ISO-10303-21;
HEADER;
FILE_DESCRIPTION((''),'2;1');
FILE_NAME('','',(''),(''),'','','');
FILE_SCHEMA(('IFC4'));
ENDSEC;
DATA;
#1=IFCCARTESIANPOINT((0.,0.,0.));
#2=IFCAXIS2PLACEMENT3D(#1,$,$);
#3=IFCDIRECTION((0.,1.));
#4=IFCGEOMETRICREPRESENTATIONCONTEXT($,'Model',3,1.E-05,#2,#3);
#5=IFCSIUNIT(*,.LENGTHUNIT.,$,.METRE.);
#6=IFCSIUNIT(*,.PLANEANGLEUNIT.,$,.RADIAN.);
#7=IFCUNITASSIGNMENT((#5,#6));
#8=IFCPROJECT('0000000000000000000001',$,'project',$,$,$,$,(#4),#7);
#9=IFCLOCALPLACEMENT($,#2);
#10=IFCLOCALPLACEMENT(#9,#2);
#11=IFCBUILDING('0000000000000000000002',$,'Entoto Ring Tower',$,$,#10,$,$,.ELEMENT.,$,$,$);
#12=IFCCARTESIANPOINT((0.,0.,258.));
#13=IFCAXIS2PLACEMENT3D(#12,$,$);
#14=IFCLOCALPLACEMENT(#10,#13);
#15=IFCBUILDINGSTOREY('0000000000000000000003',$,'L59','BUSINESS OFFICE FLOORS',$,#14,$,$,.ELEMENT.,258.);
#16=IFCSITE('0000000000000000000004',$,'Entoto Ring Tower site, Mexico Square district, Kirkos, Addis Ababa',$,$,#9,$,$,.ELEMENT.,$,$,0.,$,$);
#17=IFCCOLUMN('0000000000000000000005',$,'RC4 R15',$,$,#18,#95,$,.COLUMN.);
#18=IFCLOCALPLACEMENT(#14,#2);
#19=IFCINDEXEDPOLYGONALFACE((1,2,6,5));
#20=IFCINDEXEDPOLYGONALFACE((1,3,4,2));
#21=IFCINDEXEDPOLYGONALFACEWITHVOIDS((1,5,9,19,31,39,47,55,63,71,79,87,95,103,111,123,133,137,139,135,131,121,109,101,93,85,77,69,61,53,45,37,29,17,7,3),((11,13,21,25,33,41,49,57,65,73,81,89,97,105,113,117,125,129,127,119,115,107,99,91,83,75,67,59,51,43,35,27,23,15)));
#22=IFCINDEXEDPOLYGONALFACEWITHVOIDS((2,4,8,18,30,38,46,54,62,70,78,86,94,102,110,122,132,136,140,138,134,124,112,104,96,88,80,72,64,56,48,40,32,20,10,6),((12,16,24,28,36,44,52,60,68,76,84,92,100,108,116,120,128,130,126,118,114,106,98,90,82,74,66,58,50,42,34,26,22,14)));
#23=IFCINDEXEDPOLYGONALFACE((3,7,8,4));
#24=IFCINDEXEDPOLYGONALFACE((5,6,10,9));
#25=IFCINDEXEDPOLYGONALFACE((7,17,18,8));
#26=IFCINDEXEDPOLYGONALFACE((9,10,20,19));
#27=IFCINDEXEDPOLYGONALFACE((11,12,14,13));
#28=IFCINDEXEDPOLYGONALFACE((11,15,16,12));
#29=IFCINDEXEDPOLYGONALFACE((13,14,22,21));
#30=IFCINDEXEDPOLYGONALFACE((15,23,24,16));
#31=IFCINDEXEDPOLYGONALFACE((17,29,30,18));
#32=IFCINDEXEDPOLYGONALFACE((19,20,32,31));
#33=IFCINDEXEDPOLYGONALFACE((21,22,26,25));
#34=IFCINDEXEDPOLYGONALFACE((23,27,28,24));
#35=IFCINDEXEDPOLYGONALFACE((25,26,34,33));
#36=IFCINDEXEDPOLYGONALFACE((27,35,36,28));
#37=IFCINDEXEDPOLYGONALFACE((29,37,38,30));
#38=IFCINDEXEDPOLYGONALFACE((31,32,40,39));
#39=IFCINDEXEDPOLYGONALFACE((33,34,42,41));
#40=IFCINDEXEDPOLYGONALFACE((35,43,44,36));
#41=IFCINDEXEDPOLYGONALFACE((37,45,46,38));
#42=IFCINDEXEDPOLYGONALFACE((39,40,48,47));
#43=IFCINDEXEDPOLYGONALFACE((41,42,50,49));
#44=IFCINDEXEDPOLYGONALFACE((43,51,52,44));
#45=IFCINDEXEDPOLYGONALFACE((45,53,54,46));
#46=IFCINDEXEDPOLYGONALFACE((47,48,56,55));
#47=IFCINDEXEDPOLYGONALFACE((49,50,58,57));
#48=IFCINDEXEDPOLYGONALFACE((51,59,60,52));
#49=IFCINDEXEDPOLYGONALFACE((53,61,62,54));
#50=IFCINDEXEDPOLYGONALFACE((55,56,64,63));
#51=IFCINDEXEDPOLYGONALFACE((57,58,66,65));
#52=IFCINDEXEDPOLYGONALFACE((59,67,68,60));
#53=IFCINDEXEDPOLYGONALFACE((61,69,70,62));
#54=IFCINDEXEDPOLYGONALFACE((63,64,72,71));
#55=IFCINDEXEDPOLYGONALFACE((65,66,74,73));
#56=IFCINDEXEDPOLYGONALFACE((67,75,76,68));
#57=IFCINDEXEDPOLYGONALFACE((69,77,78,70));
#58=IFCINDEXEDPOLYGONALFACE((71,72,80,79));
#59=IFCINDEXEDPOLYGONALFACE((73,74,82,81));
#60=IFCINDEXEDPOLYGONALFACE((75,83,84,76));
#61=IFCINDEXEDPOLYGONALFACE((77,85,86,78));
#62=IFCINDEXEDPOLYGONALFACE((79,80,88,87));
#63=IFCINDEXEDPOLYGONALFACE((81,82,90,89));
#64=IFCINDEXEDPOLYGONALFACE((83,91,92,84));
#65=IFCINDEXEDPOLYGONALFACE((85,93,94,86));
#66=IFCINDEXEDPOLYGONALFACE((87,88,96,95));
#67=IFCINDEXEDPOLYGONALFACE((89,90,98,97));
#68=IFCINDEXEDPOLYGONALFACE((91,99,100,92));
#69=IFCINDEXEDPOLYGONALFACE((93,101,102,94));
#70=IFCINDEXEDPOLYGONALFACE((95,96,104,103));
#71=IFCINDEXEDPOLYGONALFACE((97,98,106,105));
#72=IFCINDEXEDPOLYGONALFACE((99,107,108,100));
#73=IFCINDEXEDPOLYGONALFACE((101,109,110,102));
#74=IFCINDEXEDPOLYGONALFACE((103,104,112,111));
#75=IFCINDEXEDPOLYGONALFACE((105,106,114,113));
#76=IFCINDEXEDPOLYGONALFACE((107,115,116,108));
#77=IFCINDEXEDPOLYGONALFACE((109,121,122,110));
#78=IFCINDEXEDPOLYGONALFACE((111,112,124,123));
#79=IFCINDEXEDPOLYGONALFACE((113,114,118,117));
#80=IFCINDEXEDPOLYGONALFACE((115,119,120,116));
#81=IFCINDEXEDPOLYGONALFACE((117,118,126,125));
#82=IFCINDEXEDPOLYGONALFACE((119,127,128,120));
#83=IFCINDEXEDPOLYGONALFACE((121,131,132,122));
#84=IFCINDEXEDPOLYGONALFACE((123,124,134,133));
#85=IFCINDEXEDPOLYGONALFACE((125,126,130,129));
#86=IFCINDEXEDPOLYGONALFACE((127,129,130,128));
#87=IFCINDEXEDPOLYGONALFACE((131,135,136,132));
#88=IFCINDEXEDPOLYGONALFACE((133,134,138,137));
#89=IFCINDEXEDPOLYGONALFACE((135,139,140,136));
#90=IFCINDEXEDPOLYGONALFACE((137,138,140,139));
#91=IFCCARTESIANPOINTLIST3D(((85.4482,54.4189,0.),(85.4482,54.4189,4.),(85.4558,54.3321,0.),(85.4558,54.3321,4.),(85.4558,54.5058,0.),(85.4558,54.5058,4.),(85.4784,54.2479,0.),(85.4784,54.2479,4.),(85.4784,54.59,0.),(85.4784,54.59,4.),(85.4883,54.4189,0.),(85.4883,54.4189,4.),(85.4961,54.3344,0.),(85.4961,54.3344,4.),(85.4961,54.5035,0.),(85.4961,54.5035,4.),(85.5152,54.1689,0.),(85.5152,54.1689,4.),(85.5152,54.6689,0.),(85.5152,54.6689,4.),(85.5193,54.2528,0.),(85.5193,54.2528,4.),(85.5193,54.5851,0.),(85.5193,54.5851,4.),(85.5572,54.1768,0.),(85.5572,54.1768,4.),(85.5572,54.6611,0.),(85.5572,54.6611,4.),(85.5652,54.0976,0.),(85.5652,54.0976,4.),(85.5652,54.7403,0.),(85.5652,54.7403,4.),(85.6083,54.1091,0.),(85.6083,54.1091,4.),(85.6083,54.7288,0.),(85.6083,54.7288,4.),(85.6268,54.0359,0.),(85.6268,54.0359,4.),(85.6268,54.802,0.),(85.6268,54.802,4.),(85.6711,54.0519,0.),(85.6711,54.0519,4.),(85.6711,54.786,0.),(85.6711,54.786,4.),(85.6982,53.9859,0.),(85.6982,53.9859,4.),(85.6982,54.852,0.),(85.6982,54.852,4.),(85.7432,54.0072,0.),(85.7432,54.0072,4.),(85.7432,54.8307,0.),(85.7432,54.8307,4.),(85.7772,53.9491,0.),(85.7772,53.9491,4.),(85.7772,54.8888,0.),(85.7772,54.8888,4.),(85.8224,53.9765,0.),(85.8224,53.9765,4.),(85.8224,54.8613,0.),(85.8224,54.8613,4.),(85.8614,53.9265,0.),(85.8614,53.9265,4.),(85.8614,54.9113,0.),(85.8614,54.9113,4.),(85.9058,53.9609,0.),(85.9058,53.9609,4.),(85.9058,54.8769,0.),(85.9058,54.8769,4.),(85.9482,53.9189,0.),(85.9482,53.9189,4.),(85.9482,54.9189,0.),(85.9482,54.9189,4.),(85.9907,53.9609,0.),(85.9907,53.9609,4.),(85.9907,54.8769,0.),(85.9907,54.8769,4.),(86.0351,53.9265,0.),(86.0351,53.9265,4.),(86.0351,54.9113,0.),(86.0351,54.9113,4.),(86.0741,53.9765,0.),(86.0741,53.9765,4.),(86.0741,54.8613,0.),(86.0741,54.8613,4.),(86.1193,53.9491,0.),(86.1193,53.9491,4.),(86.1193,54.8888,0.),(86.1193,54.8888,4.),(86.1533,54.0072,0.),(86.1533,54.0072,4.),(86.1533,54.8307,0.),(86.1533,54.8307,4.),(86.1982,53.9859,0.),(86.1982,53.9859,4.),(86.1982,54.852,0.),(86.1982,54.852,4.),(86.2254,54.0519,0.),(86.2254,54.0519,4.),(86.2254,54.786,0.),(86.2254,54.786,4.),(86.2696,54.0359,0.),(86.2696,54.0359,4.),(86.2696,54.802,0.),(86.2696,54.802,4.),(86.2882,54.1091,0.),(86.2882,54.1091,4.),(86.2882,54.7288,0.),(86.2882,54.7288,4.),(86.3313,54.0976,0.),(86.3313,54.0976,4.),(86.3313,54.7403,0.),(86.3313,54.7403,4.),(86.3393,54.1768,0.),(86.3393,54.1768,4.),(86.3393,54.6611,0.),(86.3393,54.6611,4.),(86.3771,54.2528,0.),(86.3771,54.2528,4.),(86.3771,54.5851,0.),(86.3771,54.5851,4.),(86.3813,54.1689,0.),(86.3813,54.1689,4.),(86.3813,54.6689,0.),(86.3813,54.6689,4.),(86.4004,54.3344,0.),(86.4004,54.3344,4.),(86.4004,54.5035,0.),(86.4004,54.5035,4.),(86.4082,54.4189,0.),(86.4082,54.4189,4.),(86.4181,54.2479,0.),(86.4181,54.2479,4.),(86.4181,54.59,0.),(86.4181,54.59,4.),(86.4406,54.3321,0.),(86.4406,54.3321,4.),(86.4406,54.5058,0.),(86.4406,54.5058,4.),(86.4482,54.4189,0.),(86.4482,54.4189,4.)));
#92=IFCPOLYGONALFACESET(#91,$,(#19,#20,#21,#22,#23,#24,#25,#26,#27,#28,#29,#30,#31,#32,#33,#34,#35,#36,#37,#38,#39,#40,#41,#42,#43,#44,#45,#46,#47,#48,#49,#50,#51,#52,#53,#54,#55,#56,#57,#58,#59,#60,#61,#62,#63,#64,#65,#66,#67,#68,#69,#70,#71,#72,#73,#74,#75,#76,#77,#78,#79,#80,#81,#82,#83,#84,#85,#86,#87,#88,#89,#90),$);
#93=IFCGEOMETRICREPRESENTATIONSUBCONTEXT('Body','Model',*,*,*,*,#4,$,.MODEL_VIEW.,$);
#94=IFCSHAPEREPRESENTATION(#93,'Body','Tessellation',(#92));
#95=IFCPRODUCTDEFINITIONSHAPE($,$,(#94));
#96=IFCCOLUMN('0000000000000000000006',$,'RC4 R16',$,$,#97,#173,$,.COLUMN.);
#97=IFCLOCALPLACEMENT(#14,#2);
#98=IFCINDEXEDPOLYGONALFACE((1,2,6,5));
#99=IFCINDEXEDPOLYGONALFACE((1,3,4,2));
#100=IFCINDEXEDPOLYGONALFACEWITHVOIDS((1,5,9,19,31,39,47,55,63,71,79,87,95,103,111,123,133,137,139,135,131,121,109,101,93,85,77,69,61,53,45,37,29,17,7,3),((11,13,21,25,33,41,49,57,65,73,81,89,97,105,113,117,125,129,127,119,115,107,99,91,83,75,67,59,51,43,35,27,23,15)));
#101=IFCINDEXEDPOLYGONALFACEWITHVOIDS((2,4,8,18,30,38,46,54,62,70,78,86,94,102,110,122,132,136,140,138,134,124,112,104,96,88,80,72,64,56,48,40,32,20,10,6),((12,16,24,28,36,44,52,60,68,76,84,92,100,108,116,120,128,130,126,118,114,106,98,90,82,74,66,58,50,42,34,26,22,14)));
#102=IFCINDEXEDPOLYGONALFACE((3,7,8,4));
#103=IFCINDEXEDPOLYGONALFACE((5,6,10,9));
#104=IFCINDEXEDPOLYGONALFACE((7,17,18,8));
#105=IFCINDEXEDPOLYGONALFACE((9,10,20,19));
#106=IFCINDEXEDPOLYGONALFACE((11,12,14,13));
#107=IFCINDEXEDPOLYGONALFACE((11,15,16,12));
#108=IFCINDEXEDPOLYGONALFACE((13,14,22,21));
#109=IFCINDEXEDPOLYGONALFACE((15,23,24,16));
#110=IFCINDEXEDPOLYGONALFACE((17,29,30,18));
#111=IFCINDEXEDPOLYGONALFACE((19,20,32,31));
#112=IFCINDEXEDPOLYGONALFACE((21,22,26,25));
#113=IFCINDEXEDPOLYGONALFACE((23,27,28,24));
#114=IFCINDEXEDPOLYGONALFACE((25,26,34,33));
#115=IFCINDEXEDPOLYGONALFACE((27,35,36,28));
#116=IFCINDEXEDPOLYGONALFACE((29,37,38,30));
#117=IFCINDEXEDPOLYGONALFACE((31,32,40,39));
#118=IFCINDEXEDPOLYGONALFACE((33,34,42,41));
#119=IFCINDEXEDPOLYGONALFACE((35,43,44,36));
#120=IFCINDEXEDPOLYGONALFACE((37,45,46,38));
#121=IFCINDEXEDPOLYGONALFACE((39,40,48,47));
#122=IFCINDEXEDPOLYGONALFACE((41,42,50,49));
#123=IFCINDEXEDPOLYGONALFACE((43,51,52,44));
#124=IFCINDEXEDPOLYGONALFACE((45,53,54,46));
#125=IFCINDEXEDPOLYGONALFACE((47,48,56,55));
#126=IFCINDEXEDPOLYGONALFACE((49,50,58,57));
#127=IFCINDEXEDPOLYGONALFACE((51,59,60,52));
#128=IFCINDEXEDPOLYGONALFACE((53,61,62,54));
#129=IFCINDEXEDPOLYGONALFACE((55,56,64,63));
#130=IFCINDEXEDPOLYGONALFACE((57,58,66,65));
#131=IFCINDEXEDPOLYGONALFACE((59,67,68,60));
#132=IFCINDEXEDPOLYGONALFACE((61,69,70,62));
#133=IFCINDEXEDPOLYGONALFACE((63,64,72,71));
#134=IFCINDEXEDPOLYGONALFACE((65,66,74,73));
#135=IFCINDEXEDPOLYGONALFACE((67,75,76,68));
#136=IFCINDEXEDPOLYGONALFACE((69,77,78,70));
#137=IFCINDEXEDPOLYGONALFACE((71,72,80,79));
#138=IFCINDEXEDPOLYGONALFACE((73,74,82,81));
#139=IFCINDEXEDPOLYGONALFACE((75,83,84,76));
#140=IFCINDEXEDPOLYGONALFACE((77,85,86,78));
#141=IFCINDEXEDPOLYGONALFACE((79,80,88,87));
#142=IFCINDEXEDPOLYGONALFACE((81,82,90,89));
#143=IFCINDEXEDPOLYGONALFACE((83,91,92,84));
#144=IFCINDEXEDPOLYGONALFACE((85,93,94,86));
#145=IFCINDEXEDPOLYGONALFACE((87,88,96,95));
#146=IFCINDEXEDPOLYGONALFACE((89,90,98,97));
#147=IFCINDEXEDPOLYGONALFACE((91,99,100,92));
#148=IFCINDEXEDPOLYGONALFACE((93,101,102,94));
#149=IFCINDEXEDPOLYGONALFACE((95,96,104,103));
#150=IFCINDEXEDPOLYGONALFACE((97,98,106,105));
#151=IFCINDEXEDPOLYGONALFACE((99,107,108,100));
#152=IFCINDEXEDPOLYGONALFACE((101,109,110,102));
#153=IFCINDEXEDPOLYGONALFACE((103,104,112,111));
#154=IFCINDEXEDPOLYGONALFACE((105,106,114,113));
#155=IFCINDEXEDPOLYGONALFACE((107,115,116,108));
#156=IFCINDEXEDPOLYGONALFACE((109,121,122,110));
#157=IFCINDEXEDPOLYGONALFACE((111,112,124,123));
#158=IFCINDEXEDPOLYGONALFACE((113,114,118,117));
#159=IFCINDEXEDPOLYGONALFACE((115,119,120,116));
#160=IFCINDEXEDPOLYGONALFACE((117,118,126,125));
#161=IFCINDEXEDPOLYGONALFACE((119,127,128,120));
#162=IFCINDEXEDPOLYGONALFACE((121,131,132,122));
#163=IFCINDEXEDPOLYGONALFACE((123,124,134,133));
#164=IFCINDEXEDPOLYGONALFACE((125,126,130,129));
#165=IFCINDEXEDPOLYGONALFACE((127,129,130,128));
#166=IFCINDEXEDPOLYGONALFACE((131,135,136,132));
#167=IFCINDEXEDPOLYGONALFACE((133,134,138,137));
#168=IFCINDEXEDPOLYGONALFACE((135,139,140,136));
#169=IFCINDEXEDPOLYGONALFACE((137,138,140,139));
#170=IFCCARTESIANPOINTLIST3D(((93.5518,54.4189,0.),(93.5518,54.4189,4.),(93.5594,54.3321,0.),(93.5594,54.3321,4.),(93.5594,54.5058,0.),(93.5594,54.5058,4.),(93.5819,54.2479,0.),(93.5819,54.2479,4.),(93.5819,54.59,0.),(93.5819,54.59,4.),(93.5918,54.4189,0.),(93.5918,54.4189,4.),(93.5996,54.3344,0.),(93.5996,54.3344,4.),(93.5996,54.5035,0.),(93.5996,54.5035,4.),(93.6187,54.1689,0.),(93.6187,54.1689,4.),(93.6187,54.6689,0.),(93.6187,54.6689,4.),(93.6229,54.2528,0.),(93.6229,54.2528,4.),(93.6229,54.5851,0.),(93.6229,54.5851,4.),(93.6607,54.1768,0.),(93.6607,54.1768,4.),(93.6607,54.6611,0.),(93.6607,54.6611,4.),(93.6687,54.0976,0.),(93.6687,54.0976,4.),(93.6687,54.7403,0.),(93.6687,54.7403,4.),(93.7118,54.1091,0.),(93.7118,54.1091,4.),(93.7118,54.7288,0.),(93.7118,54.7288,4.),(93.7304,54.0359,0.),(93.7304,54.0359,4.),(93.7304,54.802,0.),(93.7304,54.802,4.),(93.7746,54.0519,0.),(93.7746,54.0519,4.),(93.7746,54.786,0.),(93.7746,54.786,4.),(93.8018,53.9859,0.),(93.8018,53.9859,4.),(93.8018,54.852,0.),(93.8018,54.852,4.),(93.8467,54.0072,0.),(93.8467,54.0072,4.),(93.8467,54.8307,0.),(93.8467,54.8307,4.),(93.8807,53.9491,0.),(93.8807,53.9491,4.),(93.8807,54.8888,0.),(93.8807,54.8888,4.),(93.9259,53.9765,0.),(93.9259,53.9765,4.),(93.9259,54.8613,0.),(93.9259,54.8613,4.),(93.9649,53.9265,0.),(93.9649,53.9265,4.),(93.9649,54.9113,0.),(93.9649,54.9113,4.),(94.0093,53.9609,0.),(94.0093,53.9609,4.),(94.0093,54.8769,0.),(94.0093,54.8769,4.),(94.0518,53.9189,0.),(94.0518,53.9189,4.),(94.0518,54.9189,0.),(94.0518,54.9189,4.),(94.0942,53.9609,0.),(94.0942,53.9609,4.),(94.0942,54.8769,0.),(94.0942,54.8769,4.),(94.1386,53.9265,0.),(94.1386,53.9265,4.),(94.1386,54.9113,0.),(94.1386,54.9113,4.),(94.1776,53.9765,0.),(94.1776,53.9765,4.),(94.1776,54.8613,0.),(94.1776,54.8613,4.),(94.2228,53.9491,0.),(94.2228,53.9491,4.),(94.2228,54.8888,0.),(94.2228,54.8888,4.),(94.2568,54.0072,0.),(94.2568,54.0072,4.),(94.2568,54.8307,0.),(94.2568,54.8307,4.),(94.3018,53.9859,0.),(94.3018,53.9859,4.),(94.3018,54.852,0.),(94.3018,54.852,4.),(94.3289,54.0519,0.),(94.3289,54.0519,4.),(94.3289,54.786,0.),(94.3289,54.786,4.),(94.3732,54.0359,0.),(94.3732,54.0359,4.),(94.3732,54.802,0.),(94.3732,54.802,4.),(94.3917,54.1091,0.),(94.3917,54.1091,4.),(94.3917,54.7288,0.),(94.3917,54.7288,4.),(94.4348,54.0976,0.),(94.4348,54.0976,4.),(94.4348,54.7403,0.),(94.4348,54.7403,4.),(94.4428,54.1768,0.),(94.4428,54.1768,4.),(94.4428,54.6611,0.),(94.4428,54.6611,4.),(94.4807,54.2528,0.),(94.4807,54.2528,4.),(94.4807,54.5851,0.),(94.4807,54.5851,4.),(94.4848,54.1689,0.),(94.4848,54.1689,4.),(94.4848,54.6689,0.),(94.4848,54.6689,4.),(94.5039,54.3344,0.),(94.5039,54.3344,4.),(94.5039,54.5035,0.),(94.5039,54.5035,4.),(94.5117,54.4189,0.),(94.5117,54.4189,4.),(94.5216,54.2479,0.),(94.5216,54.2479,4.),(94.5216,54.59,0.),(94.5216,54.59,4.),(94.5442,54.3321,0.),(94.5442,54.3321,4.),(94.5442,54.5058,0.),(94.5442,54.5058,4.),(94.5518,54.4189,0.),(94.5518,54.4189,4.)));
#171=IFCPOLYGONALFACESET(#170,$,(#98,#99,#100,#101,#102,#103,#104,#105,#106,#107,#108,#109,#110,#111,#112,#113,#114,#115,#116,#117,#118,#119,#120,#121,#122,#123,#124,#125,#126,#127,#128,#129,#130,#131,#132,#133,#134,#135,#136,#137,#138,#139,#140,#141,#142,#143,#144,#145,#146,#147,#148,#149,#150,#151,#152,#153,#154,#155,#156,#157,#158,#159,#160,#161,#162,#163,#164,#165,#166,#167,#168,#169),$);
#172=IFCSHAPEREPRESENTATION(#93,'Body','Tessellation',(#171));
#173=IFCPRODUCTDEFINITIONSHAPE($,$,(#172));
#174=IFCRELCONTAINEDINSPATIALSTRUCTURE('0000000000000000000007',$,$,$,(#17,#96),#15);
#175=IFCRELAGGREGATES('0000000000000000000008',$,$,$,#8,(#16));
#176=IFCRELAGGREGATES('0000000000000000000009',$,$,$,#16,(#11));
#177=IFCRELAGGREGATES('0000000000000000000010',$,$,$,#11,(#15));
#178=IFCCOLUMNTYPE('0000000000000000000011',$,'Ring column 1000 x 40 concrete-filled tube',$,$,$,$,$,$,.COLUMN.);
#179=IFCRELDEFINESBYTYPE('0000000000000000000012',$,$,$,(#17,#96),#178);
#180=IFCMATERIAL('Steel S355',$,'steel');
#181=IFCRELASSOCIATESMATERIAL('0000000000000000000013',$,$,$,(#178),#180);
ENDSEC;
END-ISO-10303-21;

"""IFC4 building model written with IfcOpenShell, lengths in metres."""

from ifc_helpers import new_model, si_unit, direction, frame, origin, origin_2d, place, context, subcontext, project, spatial, circle, hollow_circle, extrude, material, material_profile, profile_set, type_object, element, save


model = new_model("IFC4")

# Units and contexts
model_context = context("Model", 3, precision=1e-05, world=origin(), true_north=direction((0.0, 1.0)))
body_context = subcontext(model_context, "Body", "Model", "MODEL_VIEW")
ifc_project = project(units=[si_unit("LENGTHUNIT", "METRE"), si_unit("PLANEANGLEUNIT", "RADIAN")], contexts=[model_context])

# Site, building, storey
site_placement = place(None, origin())
site = spatial("IfcSite", under=ifc_project, at=site_placement, Name="Entoto Ring Tower site, Mexico Square district, Kirkos, Addis Ababa", CompositionType="ELEMENT", RefElevation=0.0)
building_placement = place(site_placement, origin())
building = spatial("IfcBuilding", under=site, at=building_placement, Name="Entoto Ring Tower", CompositionType="ELEMENT")
storey_placement = place(building_placement, frame((0.0, 0.0, 258.0)))
storey = spatial("IfcBuildingStorey", under=building, at=storey_placement, Name="L59", Description="BUSINESS OFFICE FLOORS", CompositionType="ELEMENT", Elevation=258.0)

# Columns
ifc_material_1 = material(Name="Steel S355", Category="steel")
ifc_material_profile_1 = material_profile(ifc_material_1, hollow_circle(Radius=0.5, WallThickness=0.04, at=origin_2d()), Name="CHS 1000 x 40")
ifc_material_2 = material(Name="Concrete C60/75", Category="concrete")
ifc_material_profile_2 = material_profile(ifc_material_2, circle(Radius=0.46, at=origin_2d()), Name="Concrete C60/75 infill")
ifc_profile_set_1 = profile_set([ifc_material_profile_1, ifc_material_profile_2], Name="Steel S355")
column_type = type_object("IfcColumnType", Name="Ring column 1000 x 40 concrete-filled tube", PredefinedType="COLUMN", material=ifc_profile_set_1)
for number, where, z_axis, x_axis, name in (
    (1, (85.9482, 54.4189, 0.0), (0.0, 0.0, 1.0), (1.0, 0.0, 0.0), "RC4 R15"),
    (2, (94.0518, 54.4189, 0.0), (0.0, 0.0, 1.0), (1.0, 0.0, 0.0), "RC4 R16"),
):
    element("IfcColumn", number, at=place(storey_placement, frame(where, z_axis=z_axis, x_axis=x_axis)), inside=storey, type_object=column_type, Name=name, PredefinedType="COLUMN", context=body_context, shape_type="SweptSolid", body=[
        extrude(hollow_circle(Radius=0.5, WallThickness=0.04, at=origin_2d()), origin(), (0.0, 0.0, 1.0), 4.0),
    ])

save(model, "model.ifc")
